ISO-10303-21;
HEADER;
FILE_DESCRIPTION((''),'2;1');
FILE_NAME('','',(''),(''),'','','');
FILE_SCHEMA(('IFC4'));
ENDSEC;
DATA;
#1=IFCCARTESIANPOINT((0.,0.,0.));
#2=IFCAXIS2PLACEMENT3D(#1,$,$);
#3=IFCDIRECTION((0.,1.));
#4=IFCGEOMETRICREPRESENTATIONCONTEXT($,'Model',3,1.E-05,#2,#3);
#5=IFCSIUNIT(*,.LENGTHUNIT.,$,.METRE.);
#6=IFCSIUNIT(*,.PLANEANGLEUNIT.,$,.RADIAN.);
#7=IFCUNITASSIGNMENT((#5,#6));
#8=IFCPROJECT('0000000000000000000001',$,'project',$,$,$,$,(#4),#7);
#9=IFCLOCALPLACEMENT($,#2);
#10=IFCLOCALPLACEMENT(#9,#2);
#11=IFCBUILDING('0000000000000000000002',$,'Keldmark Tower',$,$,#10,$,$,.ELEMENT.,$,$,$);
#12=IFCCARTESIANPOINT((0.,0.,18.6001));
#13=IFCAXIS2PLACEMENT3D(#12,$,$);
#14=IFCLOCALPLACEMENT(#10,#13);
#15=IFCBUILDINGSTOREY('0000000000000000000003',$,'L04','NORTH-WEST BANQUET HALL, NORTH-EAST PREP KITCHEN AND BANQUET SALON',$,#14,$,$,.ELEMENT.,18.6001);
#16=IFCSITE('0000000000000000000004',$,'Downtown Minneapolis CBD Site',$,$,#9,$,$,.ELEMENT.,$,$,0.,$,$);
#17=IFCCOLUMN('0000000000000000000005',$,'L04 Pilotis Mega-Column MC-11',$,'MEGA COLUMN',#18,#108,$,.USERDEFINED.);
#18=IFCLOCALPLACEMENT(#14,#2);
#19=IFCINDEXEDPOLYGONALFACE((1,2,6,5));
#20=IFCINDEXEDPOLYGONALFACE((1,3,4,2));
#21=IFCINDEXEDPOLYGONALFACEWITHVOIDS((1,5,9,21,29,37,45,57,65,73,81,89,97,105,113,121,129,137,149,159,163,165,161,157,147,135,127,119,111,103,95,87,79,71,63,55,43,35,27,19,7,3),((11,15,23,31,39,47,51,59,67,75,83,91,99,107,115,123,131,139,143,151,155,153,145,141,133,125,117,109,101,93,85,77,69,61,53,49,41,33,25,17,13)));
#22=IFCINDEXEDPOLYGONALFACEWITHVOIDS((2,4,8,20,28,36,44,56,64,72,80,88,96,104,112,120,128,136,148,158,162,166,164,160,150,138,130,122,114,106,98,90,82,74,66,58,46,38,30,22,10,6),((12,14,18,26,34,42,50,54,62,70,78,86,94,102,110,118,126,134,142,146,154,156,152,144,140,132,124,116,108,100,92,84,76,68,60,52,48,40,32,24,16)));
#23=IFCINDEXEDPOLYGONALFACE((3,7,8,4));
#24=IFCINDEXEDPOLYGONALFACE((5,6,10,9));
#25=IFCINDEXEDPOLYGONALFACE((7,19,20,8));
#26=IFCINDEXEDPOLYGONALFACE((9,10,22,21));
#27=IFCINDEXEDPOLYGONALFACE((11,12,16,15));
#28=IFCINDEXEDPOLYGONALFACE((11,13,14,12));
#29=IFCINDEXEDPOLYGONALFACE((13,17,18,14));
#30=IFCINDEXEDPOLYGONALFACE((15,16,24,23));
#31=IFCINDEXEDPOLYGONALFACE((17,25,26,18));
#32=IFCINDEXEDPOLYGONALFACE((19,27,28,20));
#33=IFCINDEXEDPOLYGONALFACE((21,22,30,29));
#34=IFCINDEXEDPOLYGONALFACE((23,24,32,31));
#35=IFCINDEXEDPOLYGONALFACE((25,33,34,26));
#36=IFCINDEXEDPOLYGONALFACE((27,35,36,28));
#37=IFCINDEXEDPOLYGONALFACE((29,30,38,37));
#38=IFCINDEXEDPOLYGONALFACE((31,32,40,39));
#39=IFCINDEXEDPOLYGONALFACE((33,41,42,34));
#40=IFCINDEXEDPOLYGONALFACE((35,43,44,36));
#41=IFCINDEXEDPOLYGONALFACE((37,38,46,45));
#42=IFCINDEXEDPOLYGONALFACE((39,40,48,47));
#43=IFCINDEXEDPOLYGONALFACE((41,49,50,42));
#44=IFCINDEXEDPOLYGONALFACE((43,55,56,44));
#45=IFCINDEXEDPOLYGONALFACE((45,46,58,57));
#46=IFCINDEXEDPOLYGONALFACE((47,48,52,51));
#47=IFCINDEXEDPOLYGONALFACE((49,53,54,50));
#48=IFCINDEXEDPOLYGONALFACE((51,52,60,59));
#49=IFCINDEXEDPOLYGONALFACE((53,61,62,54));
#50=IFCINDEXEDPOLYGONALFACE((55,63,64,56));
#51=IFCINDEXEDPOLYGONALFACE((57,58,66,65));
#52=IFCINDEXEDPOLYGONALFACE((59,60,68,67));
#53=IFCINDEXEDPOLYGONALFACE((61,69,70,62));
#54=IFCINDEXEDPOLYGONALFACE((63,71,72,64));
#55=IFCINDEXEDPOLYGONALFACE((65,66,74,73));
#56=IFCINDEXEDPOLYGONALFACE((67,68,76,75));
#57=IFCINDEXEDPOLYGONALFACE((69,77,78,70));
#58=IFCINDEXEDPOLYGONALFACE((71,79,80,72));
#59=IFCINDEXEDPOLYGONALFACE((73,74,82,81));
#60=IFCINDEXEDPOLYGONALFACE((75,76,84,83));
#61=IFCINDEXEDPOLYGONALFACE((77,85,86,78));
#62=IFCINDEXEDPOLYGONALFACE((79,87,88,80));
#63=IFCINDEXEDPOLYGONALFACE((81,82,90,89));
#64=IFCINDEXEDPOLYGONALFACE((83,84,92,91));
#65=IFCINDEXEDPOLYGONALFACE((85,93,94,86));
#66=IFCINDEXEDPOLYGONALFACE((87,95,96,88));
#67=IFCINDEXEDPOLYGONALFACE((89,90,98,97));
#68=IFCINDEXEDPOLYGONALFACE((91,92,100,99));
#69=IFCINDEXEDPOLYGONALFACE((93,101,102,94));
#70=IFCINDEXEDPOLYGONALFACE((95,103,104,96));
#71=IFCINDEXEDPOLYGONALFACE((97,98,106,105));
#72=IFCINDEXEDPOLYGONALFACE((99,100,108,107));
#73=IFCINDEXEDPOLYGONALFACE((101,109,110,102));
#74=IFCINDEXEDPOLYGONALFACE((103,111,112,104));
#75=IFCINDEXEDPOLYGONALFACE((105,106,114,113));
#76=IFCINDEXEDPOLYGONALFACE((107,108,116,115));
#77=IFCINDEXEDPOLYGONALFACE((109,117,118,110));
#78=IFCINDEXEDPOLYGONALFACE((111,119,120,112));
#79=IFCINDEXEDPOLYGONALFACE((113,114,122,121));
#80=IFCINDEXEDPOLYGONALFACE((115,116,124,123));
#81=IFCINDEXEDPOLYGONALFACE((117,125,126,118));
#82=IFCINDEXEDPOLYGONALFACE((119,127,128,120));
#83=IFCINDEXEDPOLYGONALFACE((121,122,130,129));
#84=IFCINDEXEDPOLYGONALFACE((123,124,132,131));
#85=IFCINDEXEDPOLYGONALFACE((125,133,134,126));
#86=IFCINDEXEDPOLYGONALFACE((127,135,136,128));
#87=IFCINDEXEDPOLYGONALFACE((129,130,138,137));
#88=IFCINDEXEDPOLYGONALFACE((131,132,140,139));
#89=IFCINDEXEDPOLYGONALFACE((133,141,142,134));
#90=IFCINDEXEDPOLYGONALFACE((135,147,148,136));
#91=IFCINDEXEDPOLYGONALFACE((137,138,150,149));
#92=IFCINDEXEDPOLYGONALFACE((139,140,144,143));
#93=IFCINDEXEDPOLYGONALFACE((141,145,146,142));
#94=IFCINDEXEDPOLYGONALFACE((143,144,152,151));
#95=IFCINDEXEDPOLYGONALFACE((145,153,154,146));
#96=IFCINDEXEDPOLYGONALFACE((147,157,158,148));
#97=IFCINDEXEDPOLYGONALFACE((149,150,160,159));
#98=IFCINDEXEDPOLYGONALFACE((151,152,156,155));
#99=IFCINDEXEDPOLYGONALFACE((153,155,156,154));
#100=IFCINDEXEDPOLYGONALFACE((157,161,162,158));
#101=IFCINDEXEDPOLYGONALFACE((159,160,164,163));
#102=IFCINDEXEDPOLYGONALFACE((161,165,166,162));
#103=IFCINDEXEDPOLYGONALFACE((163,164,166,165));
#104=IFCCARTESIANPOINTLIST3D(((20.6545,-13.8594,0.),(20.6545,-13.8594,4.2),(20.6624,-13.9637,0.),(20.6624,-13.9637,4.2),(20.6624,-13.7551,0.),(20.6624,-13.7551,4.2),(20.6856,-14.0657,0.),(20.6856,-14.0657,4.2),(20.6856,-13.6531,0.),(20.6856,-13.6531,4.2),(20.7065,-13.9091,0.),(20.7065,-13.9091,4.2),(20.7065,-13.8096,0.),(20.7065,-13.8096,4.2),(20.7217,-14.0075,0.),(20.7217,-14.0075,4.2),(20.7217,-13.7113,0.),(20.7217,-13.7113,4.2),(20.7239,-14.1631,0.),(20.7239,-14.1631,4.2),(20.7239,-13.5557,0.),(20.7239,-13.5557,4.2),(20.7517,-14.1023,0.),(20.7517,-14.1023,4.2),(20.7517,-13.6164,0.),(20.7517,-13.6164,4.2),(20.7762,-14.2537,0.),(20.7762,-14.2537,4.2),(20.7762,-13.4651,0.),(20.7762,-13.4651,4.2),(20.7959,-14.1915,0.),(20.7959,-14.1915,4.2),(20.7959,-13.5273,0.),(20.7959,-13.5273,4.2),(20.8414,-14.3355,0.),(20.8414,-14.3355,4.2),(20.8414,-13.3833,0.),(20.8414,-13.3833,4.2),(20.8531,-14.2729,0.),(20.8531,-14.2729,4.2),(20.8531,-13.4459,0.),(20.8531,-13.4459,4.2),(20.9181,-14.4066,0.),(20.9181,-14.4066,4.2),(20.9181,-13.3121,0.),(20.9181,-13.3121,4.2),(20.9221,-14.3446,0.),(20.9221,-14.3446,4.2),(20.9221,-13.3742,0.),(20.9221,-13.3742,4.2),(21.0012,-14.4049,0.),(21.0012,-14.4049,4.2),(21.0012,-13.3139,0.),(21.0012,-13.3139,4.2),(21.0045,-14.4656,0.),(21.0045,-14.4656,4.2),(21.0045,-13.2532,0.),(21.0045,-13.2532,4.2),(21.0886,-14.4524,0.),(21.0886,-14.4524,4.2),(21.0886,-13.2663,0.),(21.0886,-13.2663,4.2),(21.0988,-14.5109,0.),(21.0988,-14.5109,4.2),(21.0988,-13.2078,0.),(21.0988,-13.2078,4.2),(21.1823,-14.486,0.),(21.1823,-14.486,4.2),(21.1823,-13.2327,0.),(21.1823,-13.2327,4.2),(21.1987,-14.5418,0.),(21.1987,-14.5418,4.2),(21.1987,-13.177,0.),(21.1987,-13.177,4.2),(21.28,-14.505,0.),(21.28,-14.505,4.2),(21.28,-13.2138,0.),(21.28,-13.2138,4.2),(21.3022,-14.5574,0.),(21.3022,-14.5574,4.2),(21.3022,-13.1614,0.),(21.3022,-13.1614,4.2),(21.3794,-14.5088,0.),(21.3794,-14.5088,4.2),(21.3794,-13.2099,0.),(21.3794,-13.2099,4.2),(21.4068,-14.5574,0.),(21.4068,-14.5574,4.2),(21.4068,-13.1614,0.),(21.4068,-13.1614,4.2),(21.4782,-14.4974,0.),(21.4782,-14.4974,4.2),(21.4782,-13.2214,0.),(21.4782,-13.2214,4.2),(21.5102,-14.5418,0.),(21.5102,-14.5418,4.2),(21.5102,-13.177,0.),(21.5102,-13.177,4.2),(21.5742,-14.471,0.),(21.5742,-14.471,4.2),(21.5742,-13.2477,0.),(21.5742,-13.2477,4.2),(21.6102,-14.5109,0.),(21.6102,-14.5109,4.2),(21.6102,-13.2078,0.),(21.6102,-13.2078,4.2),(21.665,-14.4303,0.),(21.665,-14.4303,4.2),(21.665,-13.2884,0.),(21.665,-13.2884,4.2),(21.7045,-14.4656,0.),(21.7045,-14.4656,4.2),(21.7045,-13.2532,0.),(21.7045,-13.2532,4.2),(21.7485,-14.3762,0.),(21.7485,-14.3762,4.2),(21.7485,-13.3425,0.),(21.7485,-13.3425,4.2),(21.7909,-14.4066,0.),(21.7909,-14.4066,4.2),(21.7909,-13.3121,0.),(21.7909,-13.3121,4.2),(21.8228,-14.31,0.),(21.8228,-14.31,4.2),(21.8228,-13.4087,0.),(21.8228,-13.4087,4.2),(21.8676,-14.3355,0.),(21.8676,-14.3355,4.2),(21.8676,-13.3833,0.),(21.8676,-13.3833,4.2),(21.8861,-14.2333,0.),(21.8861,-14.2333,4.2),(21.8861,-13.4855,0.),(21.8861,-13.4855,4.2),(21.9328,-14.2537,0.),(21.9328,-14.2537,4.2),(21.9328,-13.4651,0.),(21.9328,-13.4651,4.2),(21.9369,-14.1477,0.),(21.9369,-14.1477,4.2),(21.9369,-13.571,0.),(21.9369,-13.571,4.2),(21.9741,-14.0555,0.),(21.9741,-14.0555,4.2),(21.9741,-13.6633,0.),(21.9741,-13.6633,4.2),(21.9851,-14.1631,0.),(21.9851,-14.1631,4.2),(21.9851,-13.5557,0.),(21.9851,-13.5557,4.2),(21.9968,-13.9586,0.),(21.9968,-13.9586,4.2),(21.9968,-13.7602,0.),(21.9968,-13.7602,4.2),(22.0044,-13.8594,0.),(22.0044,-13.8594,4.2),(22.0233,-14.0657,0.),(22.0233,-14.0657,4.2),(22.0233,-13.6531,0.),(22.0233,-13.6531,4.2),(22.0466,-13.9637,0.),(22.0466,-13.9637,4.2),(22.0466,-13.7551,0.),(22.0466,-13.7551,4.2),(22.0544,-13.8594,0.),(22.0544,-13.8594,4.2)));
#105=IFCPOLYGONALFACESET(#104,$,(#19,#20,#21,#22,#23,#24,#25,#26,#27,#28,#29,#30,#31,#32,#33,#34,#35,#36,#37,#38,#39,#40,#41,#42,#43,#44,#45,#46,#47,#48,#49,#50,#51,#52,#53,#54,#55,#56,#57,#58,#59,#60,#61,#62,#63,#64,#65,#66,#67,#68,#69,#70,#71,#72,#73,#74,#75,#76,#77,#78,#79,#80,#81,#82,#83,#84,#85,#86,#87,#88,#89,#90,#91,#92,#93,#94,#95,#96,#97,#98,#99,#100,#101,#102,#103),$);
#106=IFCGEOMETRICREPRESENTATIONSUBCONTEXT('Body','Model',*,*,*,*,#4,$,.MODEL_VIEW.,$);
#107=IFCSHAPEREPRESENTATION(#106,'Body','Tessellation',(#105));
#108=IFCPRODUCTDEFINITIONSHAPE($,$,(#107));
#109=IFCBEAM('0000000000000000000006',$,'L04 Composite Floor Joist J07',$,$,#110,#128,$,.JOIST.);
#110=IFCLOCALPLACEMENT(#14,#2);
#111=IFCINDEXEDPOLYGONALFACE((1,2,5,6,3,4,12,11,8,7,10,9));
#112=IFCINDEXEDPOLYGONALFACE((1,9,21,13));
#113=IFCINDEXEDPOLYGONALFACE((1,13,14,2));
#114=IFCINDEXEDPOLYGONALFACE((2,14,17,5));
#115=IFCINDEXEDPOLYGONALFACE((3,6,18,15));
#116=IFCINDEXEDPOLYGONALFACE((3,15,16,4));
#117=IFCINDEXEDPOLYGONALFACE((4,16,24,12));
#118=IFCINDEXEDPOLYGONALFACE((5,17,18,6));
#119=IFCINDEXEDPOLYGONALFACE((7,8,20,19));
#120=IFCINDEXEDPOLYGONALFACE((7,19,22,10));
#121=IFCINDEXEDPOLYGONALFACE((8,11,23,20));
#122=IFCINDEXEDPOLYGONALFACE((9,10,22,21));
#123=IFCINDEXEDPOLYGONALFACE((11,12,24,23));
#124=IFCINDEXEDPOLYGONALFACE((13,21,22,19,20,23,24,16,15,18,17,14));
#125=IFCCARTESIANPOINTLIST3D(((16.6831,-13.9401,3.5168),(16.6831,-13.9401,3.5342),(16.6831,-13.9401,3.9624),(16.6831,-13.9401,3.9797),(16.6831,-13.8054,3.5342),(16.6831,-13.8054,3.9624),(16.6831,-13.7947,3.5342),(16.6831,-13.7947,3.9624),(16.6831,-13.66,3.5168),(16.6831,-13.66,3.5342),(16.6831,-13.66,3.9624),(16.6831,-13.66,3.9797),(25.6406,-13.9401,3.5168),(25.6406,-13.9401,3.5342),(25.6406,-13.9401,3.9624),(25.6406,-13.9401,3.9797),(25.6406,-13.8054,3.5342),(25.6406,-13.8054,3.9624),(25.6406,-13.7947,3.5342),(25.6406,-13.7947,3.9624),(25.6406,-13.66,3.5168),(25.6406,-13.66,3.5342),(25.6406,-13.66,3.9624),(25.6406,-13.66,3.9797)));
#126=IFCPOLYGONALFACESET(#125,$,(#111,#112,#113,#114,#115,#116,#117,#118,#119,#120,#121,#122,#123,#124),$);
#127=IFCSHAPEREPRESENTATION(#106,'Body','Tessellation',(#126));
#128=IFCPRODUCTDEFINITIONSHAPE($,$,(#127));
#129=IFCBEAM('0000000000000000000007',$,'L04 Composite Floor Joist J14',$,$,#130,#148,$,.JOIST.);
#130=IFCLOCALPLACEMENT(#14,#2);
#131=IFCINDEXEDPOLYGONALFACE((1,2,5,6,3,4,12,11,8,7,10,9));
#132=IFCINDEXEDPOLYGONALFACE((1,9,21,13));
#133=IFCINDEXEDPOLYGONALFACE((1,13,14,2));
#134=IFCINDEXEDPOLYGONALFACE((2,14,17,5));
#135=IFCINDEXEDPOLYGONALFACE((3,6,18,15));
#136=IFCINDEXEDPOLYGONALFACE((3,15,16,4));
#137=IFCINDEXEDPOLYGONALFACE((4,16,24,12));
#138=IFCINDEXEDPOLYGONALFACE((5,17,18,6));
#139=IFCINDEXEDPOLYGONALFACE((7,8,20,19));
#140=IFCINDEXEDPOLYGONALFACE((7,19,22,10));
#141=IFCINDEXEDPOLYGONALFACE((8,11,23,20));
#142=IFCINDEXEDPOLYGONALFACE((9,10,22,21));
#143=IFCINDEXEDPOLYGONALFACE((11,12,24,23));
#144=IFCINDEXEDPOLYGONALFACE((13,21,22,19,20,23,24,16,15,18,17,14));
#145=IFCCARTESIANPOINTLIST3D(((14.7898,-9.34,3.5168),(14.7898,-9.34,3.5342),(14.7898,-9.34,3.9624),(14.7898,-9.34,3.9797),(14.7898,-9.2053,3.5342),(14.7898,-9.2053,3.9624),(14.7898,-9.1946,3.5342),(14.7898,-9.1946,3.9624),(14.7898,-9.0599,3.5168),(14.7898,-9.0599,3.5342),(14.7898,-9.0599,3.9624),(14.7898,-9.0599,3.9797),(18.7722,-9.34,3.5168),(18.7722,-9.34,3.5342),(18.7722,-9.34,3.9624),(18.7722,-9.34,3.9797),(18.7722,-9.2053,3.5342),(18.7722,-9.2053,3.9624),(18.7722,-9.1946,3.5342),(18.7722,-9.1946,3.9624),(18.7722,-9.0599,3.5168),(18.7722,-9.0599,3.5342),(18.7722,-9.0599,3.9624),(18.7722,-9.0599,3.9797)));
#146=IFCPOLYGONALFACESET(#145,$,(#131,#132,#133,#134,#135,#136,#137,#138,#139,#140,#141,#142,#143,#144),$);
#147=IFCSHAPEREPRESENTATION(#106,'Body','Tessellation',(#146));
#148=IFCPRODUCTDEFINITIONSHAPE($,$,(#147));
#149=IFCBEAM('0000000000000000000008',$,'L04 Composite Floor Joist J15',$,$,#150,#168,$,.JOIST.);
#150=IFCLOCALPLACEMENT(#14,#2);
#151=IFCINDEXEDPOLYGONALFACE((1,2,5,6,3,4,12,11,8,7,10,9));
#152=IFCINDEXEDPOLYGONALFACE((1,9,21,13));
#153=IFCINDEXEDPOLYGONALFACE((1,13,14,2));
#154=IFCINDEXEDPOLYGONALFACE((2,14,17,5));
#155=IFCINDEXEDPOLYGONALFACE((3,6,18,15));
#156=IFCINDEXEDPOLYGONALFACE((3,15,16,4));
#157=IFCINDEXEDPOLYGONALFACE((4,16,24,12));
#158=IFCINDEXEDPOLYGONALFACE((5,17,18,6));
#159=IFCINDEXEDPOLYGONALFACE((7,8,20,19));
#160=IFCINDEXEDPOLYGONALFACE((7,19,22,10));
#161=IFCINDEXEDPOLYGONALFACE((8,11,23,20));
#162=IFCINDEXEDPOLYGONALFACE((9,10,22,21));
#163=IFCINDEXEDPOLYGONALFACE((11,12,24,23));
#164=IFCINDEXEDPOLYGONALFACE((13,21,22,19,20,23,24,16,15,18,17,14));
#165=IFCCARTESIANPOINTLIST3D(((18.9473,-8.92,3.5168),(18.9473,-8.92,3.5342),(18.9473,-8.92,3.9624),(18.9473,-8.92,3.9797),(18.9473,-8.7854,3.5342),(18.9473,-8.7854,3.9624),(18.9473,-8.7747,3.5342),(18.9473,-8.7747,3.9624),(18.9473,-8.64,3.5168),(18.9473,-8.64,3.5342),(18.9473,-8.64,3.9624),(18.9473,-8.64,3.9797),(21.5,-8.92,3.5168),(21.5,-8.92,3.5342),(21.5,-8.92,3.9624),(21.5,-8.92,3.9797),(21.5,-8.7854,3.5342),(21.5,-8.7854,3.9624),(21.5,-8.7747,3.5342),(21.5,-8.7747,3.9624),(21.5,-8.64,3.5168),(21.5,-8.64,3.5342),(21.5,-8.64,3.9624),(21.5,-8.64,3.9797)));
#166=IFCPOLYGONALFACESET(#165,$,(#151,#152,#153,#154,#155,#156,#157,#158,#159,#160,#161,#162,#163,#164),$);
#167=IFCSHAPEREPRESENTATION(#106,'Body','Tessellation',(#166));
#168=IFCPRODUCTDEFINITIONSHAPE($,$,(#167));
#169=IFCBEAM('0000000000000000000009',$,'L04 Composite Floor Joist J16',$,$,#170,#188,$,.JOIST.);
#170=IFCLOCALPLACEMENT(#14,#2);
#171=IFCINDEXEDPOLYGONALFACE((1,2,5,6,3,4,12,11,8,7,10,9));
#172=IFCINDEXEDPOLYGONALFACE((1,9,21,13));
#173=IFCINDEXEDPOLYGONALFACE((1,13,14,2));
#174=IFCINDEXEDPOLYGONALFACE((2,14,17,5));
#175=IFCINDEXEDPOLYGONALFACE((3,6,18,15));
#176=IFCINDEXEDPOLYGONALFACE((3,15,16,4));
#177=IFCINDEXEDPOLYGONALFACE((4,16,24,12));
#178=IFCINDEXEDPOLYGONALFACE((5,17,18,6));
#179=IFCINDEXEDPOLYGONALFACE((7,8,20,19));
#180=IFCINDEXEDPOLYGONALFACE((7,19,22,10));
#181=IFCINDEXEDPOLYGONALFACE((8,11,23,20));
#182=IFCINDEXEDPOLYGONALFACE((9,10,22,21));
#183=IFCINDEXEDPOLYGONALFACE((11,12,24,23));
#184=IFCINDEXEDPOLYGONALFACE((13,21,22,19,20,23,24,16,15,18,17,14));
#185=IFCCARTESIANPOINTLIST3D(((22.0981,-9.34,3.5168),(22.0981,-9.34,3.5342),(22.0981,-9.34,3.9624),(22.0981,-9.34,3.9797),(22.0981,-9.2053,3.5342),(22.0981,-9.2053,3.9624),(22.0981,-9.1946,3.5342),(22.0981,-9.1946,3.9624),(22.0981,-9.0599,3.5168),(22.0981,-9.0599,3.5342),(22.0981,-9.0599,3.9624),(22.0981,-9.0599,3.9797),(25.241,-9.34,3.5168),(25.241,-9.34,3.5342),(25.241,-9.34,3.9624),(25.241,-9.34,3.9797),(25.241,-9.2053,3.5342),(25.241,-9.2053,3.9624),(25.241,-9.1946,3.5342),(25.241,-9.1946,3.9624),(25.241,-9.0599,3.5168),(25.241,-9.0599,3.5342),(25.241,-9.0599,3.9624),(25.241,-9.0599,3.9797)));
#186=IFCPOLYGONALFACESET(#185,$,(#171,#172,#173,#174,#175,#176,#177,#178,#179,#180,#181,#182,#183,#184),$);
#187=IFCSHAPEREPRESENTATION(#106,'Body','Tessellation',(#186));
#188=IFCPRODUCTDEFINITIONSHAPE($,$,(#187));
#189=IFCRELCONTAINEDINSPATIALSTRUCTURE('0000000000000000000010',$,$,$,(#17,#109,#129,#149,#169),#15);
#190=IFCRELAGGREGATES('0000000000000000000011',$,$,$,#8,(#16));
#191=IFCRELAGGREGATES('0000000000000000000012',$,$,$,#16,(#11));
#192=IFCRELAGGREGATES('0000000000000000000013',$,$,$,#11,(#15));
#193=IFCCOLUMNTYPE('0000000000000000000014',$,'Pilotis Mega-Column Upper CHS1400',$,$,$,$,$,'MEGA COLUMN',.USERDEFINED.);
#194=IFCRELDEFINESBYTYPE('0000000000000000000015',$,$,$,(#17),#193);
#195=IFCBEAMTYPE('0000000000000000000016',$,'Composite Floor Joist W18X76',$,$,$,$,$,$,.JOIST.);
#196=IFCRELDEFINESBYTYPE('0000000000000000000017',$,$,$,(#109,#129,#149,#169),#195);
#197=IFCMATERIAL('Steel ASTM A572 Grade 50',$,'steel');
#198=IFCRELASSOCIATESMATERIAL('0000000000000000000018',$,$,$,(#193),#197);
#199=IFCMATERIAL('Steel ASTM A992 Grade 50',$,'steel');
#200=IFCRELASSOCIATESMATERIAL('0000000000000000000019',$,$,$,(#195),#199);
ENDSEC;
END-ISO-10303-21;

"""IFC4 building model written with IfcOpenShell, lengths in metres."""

from ifc_helpers import new_model, si_unit, direction, frame, origin, origin_2d, place, context, subcontext, project, spatial, hollow_circle, i_section, extrude, material, material_profile, profile_set, type_object, element, save


model = new_model("IFC4")

# Units and contexts
model_context = context("Model", 3, precision=1e-05, world=origin(), true_north=direction((0.0, 1.0)))
body_context = subcontext(model_context, "Body", "Model", "MODEL_VIEW")
ifc_project = project(units=[si_unit("LENGTHUNIT", "METRE"), si_unit("PLANEANGLEUNIT", "RADIAN")], contexts=[model_context])

# Site, building, storey
site_placement = place(None, origin())
site = spatial("IfcSite", under=ifc_project, at=site_placement, Name="Downtown Minneapolis CBD Site", CompositionType="ELEMENT", RefElevation=0.0)
building_placement = place(site_placement, origin())
building = spatial("IfcBuilding", under=site, at=building_placement, Name="Keldmark Tower", CompositionType="ELEMENT")
storey_placement = place(building_placement, frame((0.0, 0.0, 18.6001)))
storey = spatial("IfcBuildingStorey", under=building, at=storey_placement, Name="L04", Description="NORTH-WEST BANQUET HALL, NORTH-EAST PREP KITCHEN AND BANQUET SALON", CompositionType="ELEMENT", Elevation=18.6001)

# Column
ifc_material_1 = material(Name="Steel ASTM A572 Grade 50", Category="steel")
ifc_material_profile_1 = material_profile(ifc_material_1, hollow_circle(Radius=0.7, WallThickness=0.05, at=origin_2d()), Name="CHS1400X50")
ifc_profile_set_1 = profile_set([ifc_material_profile_1], Name="Steel ASTM A572 Grade 50")
column_type = type_object("IfcColumnType", Name="Pilotis Mega-Column Upper CHS1400", ElementType="MEGA COLUMN", PredefinedType="USERDEFINED", material=ifc_profile_set_1)
column_placement = place(storey_placement, frame((21.3545, -13.8594, 0.0), z_axis=(0.0, 0.0, 1.0), x_axis=(1.0, 0.0, 0.0)))
element("IfcColumn", 1, at=column_placement, inside=storey, type_object=column_type, Name="L04 Pilotis Mega-Column MC-11", ObjectType="MEGA COLUMN", PredefinedType="USERDEFINED", context=body_context, shape_type="SweptSolid", body=[
    extrude(hollow_circle(Radius=0.7, WallThickness=0.05, at=origin_2d()), origin(), (0.0, 0.0, 1.0), 4.2),
])

# Beams
ifc_material_2 = material(Name="Steel ASTM A992 Grade 50", Category="steel")
ifc_material_profile_2 = material_profile(ifc_material_2, i_section(OverallWidth=0.28, OverallDepth=0.4629, WebThickness=0.0107, FlangeThickness=0.0173, at=origin_2d()), Name="W18X76")
ifc_profile_set_2 = profile_set([ifc_material_profile_2], Name="Steel ASTM A992 Grade 50")
beam_type_1 = type_object("IfcBeamType", Name="Composite Floor Joist W18X76", PredefinedType="JOIST", material=ifc_profile_set_2)
beam_1_placement = place(storey_placement, frame((16.6831, -13.8, 3.7483), z_axis=(1.0, 0.0, 0.0), x_axis=(0.0, 1.0, 0.0)))
element("IfcBeam", 2, at=beam_1_placement, inside=storey, type_object=beam_type_1, Name="L04 Composite Floor Joist J07", PredefinedType="JOIST", context=body_context, shape_type="SweptSolid", body=[
    extrude(i_section(OverallWidth=0.28, OverallDepth=0.4629, WebThickness=0.0107, FlangeThickness=0.0173, at=origin_2d()), origin(), (0.0, 0.0, 1.0), 8.9575),
])
beam_2_placement = place(storey_placement, frame((14.7898, -9.2, 3.7483), z_axis=(1.0, 0.0, 0.0), x_axis=(0.0, 1.0, 0.0)))
element("IfcBeam", 3, at=beam_2_placement, inside=storey, type_object=beam_type_1, Name="L04 Composite Floor Joist J14", PredefinedType="JOIST", context=body_context, shape_type="SweptSolid", body=[
    extrude(i_section(OverallWidth=0.28, OverallDepth=0.4629, WebThickness=0.0107, FlangeThickness=0.0173, at=origin_2d()), origin(), (0.0, 0.0, 1.0), 3.9824),
])
beam_3_placement = place(storey_placement, frame((18.9473, -8.78, 3.7483), z_axis=(1.0, 0.0, 0.0), x_axis=(0.0, 1.0, 0.0)))
element("IfcBeam", 4, at=beam_3_placement, inside=storey, type_object=beam_type_1, Name="L04 Composite Floor Joist J15", PredefinedType="JOIST", context=body_context, shape_type="SweptSolid", body=[
    extrude(i_section(OverallWidth=0.28, OverallDepth=0.4629, WebThickness=0.0107, FlangeThickness=0.0173, at=origin_2d()), origin(), (0.0, 0.0, 1.0), 2.5527),
])
beam_4_placement = place(storey_placement, frame((22.0981, -9.2, 3.7483), z_axis=(1.0, 0.0, 0.0), x_axis=(0.0, 1.0, 0.0)))
element("IfcBeam", 5, at=beam_4_placement, inside=storey, type_object=beam_type_1, Name="L04 Composite Floor Joist J16", PredefinedType="JOIST", context=body_context, shape_type="SweptSolid", body=[
    extrude(i_section(OverallWidth=0.28, OverallDepth=0.4629, WebThickness=0.0107, FlangeThickness=0.0173, at=origin_2d()), origin(), (0.0, 0.0, 1.0), 3.1428),
])

save(model, "model.ifc")
